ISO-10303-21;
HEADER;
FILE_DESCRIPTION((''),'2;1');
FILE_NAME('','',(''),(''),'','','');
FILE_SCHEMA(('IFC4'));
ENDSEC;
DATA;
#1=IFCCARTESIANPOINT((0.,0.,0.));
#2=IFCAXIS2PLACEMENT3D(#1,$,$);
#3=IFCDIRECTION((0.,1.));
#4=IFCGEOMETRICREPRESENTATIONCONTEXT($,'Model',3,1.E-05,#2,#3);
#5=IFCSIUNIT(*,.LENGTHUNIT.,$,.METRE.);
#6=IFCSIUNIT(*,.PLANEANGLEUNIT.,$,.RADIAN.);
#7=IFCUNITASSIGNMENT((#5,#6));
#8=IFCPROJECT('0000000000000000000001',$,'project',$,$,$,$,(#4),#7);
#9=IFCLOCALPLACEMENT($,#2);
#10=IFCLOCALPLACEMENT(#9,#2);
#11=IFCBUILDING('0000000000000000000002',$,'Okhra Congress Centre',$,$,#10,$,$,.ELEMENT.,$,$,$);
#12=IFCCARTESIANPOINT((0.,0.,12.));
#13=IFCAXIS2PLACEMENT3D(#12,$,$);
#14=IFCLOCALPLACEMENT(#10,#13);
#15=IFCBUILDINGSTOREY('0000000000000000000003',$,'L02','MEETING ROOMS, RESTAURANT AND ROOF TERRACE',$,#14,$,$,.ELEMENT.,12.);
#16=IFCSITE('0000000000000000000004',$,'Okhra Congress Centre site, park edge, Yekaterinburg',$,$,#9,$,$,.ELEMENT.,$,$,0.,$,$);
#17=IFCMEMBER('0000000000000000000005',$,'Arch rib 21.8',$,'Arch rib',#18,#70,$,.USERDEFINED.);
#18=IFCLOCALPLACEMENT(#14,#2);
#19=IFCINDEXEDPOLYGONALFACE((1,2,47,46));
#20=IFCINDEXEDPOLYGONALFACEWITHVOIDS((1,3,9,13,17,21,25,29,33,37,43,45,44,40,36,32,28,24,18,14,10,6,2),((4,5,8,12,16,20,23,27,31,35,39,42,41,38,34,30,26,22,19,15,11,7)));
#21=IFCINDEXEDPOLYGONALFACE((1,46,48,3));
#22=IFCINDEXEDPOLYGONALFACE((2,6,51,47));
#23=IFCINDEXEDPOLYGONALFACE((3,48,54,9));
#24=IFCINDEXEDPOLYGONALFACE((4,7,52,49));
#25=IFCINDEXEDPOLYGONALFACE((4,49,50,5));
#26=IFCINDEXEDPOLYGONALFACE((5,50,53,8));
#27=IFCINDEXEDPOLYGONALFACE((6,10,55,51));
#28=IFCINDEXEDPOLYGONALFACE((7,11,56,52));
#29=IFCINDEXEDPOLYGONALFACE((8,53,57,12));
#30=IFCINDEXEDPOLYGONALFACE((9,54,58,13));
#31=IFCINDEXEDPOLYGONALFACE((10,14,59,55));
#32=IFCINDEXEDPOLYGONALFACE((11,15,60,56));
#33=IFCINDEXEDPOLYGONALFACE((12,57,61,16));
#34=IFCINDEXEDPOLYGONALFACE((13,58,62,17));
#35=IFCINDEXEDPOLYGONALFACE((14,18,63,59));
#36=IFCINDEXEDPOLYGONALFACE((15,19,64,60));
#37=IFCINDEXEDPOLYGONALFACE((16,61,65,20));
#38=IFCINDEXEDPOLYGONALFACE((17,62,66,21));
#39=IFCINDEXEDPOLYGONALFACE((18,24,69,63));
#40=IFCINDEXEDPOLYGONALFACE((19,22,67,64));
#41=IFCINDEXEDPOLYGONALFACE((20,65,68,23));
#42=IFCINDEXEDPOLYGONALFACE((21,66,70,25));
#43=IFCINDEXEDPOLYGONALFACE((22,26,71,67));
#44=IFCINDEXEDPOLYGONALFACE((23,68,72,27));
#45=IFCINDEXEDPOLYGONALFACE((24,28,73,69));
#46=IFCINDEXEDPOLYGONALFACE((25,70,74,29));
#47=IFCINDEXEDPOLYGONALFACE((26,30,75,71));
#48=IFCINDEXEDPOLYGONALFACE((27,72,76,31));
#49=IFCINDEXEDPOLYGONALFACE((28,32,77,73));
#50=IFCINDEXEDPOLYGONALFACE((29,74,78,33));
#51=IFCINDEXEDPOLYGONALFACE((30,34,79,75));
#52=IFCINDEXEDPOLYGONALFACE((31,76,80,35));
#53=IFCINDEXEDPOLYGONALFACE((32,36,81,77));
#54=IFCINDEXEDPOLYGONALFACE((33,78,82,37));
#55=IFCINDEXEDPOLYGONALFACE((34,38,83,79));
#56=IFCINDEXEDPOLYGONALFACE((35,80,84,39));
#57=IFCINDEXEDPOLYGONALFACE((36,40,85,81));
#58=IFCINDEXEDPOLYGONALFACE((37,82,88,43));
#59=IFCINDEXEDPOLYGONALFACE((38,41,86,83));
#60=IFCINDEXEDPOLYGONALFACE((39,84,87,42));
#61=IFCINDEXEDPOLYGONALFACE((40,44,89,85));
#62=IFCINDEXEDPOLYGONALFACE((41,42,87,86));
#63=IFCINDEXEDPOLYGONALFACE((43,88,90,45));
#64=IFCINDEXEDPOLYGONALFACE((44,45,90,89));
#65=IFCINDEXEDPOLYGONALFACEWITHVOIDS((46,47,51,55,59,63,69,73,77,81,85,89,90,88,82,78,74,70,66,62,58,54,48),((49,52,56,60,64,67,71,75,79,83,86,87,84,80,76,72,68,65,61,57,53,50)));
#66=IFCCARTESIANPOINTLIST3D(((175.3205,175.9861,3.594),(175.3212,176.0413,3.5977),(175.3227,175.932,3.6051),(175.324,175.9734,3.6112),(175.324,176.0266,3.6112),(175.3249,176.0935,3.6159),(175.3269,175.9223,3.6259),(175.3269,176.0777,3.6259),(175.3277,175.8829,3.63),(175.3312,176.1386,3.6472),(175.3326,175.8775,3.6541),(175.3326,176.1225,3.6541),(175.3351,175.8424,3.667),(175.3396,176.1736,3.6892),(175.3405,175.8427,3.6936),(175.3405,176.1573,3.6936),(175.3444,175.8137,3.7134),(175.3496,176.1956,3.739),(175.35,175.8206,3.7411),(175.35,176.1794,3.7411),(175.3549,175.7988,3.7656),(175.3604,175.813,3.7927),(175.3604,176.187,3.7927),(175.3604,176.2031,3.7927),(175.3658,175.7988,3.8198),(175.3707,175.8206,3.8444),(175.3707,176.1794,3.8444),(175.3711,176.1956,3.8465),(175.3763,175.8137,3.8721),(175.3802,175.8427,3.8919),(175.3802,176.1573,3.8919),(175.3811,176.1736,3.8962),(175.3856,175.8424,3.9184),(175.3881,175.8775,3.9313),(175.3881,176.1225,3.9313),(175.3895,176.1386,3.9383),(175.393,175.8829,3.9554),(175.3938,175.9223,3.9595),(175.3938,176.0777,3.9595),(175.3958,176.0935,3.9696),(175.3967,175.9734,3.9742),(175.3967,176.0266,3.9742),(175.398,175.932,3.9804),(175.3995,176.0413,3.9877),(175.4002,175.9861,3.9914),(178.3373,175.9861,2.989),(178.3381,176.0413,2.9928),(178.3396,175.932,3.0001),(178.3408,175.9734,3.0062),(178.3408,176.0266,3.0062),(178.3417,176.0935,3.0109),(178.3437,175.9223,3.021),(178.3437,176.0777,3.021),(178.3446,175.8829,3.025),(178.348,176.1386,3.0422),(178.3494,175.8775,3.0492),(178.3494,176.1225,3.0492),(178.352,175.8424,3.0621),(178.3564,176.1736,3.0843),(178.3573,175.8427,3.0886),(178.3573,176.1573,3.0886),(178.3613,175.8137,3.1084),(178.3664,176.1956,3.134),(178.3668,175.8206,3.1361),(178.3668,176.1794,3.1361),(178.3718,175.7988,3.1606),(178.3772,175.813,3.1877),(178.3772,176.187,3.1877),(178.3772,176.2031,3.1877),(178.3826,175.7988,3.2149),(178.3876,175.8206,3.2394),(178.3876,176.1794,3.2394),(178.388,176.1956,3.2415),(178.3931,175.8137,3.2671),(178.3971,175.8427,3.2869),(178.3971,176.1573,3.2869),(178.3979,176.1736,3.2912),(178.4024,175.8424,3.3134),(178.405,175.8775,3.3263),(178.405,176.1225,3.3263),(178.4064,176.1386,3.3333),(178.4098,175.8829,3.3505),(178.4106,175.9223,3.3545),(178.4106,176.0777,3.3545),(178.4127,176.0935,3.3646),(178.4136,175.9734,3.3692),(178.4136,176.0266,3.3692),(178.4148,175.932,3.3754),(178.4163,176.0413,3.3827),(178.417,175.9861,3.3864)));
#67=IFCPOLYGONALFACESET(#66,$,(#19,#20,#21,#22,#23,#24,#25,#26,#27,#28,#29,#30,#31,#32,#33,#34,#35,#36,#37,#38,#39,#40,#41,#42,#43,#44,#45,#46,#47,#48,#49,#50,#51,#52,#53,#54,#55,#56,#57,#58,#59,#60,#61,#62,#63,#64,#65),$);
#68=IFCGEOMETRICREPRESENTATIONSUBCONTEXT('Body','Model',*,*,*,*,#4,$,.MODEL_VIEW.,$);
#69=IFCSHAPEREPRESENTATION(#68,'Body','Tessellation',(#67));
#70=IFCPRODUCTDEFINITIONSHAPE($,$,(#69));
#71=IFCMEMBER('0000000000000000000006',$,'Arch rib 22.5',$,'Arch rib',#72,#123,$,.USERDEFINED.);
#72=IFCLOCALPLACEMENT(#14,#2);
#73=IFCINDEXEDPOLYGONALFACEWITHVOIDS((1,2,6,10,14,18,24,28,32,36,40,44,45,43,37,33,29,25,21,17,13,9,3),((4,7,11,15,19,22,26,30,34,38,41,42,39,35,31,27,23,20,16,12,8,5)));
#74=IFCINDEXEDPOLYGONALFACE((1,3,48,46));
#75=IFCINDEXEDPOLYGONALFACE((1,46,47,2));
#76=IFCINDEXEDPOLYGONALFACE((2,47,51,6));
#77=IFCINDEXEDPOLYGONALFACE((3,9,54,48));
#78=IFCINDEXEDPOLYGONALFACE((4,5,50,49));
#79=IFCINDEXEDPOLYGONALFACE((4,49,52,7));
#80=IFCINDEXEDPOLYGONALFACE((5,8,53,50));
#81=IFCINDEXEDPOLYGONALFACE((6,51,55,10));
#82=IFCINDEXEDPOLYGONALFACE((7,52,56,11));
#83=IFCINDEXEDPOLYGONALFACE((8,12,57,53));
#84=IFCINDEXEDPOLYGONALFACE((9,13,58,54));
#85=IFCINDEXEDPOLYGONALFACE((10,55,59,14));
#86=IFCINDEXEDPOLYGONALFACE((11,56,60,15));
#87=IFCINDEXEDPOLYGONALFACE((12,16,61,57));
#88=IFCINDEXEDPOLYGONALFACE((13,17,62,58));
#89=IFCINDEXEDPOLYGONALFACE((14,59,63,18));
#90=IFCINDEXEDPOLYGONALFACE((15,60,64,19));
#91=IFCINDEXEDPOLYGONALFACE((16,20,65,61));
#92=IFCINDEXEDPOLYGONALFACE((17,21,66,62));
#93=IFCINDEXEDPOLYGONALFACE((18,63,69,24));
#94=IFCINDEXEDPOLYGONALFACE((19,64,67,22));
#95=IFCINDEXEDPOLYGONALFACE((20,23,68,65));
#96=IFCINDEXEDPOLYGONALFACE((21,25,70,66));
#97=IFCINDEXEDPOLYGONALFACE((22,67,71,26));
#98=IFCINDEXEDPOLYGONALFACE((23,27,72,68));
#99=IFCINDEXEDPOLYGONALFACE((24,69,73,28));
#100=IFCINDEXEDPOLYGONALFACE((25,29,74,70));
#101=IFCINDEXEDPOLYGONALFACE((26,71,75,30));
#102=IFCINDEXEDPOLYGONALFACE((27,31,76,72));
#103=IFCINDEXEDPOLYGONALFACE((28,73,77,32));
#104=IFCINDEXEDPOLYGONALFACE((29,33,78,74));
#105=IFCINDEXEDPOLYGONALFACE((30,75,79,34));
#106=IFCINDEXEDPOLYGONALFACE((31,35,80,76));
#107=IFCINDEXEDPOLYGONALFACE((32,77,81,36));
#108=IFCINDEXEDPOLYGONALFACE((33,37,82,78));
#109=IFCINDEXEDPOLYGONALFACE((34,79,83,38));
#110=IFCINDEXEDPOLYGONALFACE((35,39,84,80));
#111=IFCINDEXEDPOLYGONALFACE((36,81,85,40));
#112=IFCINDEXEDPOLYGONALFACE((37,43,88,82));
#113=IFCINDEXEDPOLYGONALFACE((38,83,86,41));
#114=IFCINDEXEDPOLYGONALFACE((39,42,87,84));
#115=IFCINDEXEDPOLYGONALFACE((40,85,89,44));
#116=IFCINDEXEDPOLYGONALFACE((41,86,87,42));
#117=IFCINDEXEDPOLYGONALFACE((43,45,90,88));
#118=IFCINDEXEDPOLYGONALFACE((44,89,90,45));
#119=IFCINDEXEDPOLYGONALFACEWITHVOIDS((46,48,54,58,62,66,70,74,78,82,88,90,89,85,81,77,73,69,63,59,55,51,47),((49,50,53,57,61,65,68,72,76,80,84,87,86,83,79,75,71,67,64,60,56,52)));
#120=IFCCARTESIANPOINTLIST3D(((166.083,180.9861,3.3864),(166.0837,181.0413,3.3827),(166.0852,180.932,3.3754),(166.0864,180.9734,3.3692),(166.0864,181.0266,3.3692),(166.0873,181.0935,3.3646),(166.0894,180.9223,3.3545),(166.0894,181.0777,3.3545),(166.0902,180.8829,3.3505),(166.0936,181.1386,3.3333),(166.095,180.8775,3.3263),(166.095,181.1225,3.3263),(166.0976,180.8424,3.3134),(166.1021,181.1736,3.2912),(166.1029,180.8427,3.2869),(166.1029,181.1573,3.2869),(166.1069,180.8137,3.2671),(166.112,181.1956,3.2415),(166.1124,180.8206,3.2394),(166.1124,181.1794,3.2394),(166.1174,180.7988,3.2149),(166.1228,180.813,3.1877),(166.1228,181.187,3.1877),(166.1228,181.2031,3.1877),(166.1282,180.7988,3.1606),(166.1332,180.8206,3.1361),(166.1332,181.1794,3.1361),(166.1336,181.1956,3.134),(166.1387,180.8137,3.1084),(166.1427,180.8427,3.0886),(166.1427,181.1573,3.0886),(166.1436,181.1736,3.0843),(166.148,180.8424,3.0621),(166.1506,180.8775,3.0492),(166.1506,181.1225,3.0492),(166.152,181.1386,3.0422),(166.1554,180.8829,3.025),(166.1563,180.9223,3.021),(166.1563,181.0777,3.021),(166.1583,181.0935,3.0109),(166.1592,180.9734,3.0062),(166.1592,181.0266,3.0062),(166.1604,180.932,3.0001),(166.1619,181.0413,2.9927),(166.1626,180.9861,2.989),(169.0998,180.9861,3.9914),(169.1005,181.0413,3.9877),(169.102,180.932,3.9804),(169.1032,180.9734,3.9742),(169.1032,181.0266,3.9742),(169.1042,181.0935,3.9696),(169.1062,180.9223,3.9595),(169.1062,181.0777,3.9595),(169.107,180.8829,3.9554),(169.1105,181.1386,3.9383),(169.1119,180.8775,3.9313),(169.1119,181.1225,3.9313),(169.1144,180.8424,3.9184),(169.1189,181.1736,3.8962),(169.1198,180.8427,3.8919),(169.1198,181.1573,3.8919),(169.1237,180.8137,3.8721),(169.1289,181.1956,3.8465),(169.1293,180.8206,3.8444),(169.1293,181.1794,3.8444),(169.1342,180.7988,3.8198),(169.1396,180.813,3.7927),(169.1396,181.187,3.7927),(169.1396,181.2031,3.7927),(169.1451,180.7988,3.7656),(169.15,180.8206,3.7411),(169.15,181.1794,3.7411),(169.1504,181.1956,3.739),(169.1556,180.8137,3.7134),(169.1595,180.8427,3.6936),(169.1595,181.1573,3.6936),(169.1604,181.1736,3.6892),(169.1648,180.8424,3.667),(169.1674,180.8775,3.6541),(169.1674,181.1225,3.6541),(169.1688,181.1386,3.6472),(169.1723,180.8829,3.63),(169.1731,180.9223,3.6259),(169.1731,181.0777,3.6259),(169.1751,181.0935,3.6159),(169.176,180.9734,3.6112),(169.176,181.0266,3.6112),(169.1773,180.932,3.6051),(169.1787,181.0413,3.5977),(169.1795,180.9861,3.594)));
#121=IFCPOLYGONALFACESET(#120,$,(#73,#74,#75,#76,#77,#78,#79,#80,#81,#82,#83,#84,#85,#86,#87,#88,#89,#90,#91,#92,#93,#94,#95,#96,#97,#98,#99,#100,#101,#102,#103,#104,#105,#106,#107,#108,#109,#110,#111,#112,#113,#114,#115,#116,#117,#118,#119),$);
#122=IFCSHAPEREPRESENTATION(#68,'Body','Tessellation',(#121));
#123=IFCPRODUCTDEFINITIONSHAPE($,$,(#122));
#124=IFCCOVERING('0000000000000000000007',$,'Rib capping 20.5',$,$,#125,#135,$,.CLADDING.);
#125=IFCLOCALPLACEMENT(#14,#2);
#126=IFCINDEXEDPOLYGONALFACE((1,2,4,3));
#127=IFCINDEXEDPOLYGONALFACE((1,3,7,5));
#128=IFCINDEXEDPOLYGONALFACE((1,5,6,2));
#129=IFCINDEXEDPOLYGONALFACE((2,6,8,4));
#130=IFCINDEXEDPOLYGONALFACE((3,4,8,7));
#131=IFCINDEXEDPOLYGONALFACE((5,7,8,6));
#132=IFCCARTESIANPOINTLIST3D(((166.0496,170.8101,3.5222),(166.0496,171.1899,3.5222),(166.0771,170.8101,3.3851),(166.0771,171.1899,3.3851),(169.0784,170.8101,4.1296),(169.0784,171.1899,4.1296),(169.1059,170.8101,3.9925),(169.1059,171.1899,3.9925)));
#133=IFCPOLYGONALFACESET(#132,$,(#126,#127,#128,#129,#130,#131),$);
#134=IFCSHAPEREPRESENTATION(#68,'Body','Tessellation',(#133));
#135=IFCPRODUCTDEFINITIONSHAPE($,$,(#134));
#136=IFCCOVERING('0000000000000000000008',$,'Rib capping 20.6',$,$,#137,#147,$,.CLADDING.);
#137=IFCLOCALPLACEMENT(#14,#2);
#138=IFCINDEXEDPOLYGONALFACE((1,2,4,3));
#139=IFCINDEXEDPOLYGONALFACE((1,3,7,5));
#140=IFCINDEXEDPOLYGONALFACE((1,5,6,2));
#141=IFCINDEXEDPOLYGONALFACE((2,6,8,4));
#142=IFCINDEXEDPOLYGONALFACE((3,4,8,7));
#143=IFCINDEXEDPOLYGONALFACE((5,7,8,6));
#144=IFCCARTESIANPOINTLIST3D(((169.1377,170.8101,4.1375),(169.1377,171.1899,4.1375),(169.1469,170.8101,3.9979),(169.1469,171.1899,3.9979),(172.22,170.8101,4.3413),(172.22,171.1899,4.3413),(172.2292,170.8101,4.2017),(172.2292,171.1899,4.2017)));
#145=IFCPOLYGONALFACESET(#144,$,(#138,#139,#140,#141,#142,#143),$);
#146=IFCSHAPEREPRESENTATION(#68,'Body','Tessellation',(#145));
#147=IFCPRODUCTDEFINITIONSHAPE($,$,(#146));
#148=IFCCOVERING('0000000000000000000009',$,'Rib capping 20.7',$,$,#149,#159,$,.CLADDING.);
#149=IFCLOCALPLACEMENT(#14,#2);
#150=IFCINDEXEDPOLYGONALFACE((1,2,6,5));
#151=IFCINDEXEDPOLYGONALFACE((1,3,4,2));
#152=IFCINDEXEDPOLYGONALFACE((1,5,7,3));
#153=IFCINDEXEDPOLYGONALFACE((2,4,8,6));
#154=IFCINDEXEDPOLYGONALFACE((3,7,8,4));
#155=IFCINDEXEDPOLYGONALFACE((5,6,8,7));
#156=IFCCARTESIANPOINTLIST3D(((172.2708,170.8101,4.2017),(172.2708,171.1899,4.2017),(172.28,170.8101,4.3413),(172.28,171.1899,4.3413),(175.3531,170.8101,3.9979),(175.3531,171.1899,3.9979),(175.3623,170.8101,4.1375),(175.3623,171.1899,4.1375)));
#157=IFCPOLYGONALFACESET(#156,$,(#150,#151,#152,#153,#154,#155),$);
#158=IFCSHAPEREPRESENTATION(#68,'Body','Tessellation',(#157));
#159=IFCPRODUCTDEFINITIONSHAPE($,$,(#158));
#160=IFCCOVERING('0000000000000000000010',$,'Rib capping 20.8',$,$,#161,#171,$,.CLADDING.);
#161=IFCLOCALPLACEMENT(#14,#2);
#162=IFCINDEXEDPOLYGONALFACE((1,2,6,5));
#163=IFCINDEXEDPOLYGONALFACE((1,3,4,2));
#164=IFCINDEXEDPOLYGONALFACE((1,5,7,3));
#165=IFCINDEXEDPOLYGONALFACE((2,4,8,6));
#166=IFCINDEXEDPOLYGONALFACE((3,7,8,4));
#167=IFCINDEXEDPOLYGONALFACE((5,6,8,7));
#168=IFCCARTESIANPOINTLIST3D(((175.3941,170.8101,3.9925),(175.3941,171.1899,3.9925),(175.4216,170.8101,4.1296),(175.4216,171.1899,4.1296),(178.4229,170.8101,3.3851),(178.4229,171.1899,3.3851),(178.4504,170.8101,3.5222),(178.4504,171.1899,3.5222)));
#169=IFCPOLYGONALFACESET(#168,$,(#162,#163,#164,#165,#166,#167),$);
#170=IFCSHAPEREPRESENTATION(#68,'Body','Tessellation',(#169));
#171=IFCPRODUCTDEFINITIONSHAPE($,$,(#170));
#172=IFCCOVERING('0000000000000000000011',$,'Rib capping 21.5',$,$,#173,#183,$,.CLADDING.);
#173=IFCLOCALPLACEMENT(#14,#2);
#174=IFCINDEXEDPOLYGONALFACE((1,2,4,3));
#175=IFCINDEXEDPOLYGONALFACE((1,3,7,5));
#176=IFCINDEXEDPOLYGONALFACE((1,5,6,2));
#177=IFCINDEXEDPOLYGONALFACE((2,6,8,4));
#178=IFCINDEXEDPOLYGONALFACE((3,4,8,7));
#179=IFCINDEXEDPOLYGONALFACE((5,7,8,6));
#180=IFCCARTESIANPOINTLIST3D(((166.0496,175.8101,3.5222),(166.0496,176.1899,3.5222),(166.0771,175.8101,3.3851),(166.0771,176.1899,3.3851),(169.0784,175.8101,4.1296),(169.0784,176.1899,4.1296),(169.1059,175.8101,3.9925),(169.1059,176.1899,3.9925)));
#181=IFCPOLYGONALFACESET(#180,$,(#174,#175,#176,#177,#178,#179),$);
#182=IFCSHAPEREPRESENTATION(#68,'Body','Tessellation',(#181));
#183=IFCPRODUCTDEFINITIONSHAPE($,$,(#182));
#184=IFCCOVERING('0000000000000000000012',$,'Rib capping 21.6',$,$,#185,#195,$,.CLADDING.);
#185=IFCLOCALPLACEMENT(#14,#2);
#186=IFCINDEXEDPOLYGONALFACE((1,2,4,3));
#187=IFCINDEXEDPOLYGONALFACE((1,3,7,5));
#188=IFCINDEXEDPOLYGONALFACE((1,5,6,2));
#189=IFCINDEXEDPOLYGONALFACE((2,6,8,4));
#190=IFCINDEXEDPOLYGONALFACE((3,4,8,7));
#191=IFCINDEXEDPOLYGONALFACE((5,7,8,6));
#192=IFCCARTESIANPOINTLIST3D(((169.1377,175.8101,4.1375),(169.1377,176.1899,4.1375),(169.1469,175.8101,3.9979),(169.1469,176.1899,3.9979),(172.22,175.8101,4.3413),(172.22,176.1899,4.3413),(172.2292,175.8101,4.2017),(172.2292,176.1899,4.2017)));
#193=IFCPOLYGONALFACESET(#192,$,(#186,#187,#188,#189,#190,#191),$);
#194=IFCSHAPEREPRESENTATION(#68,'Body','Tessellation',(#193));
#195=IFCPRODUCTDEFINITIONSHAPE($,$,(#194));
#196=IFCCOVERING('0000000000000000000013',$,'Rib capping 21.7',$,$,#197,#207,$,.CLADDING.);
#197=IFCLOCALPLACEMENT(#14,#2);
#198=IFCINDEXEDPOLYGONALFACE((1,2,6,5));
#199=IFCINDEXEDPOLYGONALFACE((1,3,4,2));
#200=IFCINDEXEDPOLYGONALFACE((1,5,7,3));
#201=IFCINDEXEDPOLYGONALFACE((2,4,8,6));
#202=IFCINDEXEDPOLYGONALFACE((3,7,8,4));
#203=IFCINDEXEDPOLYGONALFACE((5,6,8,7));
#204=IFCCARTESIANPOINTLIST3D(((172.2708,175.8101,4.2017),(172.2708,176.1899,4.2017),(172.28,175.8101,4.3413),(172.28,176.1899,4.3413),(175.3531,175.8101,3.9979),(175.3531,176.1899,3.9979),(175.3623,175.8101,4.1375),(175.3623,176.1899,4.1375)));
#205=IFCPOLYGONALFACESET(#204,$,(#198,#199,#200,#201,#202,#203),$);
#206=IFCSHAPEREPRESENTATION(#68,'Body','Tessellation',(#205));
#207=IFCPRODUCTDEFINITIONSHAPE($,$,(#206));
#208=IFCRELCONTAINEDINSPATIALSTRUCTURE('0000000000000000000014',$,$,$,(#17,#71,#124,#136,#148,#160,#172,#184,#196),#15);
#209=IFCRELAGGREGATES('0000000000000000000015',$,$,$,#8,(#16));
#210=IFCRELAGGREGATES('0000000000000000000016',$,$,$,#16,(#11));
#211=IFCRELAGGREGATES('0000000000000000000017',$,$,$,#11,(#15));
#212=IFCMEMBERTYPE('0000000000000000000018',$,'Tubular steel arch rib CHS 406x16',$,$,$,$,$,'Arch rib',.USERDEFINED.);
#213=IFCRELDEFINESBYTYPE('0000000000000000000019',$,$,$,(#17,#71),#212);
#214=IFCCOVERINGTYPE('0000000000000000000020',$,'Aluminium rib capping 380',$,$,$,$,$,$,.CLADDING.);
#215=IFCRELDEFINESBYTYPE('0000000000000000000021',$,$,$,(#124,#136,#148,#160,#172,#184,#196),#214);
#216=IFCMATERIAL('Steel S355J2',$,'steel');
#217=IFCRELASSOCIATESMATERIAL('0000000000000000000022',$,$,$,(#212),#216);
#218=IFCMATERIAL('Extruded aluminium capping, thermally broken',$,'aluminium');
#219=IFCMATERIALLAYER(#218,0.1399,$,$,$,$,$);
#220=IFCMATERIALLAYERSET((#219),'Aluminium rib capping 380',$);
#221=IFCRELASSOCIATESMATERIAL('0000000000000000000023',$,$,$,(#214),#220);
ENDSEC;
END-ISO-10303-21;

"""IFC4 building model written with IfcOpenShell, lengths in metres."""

from ifc_helpers import new_model, si_unit, direction, frame, origin, origin_2d, place, context, subcontext, project, spatial, polyline, hollow_circle, outline, extrude, material, layer, layer_set, material_profile, profile_set, type_object, element, save


model = new_model("IFC4")

# Units and contexts
model_context = context("Model", 3, precision=1e-05, world=origin(), true_north=direction((0.0, 1.0)))
body_context = subcontext(model_context, "Body", "Model", "MODEL_VIEW")
ifc_project = project(units=[si_unit("LENGTHUNIT", "METRE"), si_unit("PLANEANGLEUNIT", "RADIAN")], contexts=[model_context])

# Site, building, storey
site_placement = place(None, origin())
site = spatial("IfcSite", under=ifc_project, at=site_placement, Name="Okhra Congress Centre site, park edge, Yekaterinburg", CompositionType="ELEMENT", RefElevation=0.0)
building_placement = place(site_placement, origin())
building = spatial("IfcBuilding", under=site, at=building_placement, Name="Okhra Congress Centre", CompositionType="ELEMENT")
storey_placement = place(building_placement, frame((0.0, 0.0, 12.0)))
storey = spatial("IfcBuildingStorey", under=building, at=storey_placement, Name="L02", Description="MEETING ROOMS, RESTAURANT AND ROOF TERRACE", CompositionType="ELEMENT", Elevation=12.0)

# Members
ifc_material_1 = material(Name="Steel S355J2", Category="steel")
ifc_material_profile_1 = material_profile(ifc_material_1, hollow_circle(Radius=0.2031, WallThickness=0.0161, at=origin_2d()), Name="CHS 406.4x16")
ifc_profile_set_1 = profile_set([ifc_material_profile_1], Name="Steel S355J2")
member_type_1 = type_object("IfcMemberType", Name="Tubular steel arch rib CHS 406x16", ElementType="Arch rib", PredefinedType="USERDEFINED", material=ifc_profile_set_1)
for number, where, z_axis, x_axis, name in (
    (1, (175.3604, 176.0, 3.7927), (0.98048, 0.0, -0.19662), (0.0, 1.0, 0.0), "Arch rib 21.8"),
    (2, (166.1228, 181.0, 3.1877), (0.98048, 0.0, 0.19662), (0.0, 1.0, 0.0), "Arch rib 22.5"),
):
    element("IfcMember", number, at=place(storey_placement, frame(where, z_axis=z_axis, x_axis=x_axis)), inside=storey, type_object=member_type_1, Name=name, ObjectType="Arch rib", PredefinedType="USERDEFINED", context=body_context, shape_type="SweptSolid", body=[
        extrude(hollow_circle(Radius=0.2031, WallThickness=0.0161, at=origin_2d()), origin(), (0.0, 0.0, 1.0), 3.0769),
    ])

# Coverings
ifc_material_2 = material(Name="Extruded aluminium capping, thermally broken", Category="aluminium")
ifc_layer = layer(ifc_material_2, 0.1399)
ifc_layer_set = layer_set([ifc_layer], Name="Aluminium rib capping 380")
covering_type = type_object("IfcCoveringType", Name="Aluminium rib capping 380", PredefinedType="CLADDING", material=ifc_layer_set)
covering_1_placement = place(storey_placement, frame((166.0496, 170.8101, 3.5222), z_axis=(-0.196633, 0.0, 0.980477), x_axis=(0.980477, 0.0, 0.196633)))
element("IfcCovering", 3, at=covering_1_placement, inside=storey, type_object=covering_type, Name="Rib capping 20.5", PredefinedType="CLADDING", context=body_context, shape_type="SweptSolid", body=[
    extrude(outline(polyline([(0.0, 0.0), (3.0891, 0.0), (3.0891, 0.3799), (0.0, 0.3799), (0.0, 0.0)])), origin(), (0.0, 0.0, -1.0), 0.1399),
])
for number, where, z_axis, x_axis, name in (
    (4, (169.1377, 170.8101, 4.1375), (-0.065994, 0.0, 0.99782), (0.99782, 0.0, 0.065994), "Rib capping 20.6"),
    (5, (172.28, 170.8101, 4.3413), (0.065994, 0.0, 0.99782), (0.99782, 0.0, -0.065994), "Rib capping 20.7"),
):
    element("IfcCovering", number, at=place(storey_placement, frame(where, z_axis=z_axis, x_axis=x_axis)), inside=storey, type_object=covering_type, Name=name, PredefinedType="CLADDING", context=body_context, shape_type="SweptSolid", body=[
        extrude(outline(polyline([(0.0, 0.0), (3.089, 0.0), (3.089, 0.3799), (0.0, 0.3799), (0.0, 0.0)])), origin(), (0.0, 0.0, -1.0), 0.1399),
    ])
for number, where, z_axis, x_axis, name in (
    (6, (175.4216, 170.8101, 4.1296), (0.196633, 0.0, 0.980477), (0.980477, 0.0, -0.196633), "Rib capping 20.8"),
    (7, (166.0496, 175.8101, 3.5222), (-0.196633, 0.0, 0.980477), (0.980477, 0.0, 0.196633), "Rib capping 21.5"),
):
    element("IfcCovering", number, at=place(storey_placement, frame(where, z_axis=z_axis, x_axis=x_axis)), inside=storey, type_object=covering_type, Name=name, PredefinedType="CLADDING", context=body_context, shape_type="SweptSolid", body=[
        extrude(outline(polyline([(0.0, 0.0), (3.0891, 0.0), (3.0891, 0.3799), (0.0, 0.3799), (0.0, 0.0)])), origin(), (0.0, 0.0, -1.0), 0.1399),
    ])
for number, where, z_axis, x_axis, name in (
    (8, (169.1377, 175.8101, 4.1375), (-0.065994, 0.0, 0.99782), (0.99782, 0.0, 0.065994), "Rib capping 21.6"),
    (9, (172.28, 175.8101, 4.3413), (0.065994, 0.0, 0.99782), (0.99782, 0.0, -0.065994), "Rib capping 21.7"),
):
    element("IfcCovering", number, at=place(storey_placement, frame(where, z_axis=z_axis, x_axis=x_axis)), inside=storey, type_object=covering_type, Name=name, PredefinedType="CLADDING", context=body_context, shape_type="SweptSolid", body=[
        extrude(outline(polyline([(0.0, 0.0), (3.089, 0.0), (3.089, 0.3799), (0.0, 0.3799), (0.0, 0.0)])), origin(), (0.0, 0.0, -1.0), 0.1399),
    ])

save(model, "model.ifc")
